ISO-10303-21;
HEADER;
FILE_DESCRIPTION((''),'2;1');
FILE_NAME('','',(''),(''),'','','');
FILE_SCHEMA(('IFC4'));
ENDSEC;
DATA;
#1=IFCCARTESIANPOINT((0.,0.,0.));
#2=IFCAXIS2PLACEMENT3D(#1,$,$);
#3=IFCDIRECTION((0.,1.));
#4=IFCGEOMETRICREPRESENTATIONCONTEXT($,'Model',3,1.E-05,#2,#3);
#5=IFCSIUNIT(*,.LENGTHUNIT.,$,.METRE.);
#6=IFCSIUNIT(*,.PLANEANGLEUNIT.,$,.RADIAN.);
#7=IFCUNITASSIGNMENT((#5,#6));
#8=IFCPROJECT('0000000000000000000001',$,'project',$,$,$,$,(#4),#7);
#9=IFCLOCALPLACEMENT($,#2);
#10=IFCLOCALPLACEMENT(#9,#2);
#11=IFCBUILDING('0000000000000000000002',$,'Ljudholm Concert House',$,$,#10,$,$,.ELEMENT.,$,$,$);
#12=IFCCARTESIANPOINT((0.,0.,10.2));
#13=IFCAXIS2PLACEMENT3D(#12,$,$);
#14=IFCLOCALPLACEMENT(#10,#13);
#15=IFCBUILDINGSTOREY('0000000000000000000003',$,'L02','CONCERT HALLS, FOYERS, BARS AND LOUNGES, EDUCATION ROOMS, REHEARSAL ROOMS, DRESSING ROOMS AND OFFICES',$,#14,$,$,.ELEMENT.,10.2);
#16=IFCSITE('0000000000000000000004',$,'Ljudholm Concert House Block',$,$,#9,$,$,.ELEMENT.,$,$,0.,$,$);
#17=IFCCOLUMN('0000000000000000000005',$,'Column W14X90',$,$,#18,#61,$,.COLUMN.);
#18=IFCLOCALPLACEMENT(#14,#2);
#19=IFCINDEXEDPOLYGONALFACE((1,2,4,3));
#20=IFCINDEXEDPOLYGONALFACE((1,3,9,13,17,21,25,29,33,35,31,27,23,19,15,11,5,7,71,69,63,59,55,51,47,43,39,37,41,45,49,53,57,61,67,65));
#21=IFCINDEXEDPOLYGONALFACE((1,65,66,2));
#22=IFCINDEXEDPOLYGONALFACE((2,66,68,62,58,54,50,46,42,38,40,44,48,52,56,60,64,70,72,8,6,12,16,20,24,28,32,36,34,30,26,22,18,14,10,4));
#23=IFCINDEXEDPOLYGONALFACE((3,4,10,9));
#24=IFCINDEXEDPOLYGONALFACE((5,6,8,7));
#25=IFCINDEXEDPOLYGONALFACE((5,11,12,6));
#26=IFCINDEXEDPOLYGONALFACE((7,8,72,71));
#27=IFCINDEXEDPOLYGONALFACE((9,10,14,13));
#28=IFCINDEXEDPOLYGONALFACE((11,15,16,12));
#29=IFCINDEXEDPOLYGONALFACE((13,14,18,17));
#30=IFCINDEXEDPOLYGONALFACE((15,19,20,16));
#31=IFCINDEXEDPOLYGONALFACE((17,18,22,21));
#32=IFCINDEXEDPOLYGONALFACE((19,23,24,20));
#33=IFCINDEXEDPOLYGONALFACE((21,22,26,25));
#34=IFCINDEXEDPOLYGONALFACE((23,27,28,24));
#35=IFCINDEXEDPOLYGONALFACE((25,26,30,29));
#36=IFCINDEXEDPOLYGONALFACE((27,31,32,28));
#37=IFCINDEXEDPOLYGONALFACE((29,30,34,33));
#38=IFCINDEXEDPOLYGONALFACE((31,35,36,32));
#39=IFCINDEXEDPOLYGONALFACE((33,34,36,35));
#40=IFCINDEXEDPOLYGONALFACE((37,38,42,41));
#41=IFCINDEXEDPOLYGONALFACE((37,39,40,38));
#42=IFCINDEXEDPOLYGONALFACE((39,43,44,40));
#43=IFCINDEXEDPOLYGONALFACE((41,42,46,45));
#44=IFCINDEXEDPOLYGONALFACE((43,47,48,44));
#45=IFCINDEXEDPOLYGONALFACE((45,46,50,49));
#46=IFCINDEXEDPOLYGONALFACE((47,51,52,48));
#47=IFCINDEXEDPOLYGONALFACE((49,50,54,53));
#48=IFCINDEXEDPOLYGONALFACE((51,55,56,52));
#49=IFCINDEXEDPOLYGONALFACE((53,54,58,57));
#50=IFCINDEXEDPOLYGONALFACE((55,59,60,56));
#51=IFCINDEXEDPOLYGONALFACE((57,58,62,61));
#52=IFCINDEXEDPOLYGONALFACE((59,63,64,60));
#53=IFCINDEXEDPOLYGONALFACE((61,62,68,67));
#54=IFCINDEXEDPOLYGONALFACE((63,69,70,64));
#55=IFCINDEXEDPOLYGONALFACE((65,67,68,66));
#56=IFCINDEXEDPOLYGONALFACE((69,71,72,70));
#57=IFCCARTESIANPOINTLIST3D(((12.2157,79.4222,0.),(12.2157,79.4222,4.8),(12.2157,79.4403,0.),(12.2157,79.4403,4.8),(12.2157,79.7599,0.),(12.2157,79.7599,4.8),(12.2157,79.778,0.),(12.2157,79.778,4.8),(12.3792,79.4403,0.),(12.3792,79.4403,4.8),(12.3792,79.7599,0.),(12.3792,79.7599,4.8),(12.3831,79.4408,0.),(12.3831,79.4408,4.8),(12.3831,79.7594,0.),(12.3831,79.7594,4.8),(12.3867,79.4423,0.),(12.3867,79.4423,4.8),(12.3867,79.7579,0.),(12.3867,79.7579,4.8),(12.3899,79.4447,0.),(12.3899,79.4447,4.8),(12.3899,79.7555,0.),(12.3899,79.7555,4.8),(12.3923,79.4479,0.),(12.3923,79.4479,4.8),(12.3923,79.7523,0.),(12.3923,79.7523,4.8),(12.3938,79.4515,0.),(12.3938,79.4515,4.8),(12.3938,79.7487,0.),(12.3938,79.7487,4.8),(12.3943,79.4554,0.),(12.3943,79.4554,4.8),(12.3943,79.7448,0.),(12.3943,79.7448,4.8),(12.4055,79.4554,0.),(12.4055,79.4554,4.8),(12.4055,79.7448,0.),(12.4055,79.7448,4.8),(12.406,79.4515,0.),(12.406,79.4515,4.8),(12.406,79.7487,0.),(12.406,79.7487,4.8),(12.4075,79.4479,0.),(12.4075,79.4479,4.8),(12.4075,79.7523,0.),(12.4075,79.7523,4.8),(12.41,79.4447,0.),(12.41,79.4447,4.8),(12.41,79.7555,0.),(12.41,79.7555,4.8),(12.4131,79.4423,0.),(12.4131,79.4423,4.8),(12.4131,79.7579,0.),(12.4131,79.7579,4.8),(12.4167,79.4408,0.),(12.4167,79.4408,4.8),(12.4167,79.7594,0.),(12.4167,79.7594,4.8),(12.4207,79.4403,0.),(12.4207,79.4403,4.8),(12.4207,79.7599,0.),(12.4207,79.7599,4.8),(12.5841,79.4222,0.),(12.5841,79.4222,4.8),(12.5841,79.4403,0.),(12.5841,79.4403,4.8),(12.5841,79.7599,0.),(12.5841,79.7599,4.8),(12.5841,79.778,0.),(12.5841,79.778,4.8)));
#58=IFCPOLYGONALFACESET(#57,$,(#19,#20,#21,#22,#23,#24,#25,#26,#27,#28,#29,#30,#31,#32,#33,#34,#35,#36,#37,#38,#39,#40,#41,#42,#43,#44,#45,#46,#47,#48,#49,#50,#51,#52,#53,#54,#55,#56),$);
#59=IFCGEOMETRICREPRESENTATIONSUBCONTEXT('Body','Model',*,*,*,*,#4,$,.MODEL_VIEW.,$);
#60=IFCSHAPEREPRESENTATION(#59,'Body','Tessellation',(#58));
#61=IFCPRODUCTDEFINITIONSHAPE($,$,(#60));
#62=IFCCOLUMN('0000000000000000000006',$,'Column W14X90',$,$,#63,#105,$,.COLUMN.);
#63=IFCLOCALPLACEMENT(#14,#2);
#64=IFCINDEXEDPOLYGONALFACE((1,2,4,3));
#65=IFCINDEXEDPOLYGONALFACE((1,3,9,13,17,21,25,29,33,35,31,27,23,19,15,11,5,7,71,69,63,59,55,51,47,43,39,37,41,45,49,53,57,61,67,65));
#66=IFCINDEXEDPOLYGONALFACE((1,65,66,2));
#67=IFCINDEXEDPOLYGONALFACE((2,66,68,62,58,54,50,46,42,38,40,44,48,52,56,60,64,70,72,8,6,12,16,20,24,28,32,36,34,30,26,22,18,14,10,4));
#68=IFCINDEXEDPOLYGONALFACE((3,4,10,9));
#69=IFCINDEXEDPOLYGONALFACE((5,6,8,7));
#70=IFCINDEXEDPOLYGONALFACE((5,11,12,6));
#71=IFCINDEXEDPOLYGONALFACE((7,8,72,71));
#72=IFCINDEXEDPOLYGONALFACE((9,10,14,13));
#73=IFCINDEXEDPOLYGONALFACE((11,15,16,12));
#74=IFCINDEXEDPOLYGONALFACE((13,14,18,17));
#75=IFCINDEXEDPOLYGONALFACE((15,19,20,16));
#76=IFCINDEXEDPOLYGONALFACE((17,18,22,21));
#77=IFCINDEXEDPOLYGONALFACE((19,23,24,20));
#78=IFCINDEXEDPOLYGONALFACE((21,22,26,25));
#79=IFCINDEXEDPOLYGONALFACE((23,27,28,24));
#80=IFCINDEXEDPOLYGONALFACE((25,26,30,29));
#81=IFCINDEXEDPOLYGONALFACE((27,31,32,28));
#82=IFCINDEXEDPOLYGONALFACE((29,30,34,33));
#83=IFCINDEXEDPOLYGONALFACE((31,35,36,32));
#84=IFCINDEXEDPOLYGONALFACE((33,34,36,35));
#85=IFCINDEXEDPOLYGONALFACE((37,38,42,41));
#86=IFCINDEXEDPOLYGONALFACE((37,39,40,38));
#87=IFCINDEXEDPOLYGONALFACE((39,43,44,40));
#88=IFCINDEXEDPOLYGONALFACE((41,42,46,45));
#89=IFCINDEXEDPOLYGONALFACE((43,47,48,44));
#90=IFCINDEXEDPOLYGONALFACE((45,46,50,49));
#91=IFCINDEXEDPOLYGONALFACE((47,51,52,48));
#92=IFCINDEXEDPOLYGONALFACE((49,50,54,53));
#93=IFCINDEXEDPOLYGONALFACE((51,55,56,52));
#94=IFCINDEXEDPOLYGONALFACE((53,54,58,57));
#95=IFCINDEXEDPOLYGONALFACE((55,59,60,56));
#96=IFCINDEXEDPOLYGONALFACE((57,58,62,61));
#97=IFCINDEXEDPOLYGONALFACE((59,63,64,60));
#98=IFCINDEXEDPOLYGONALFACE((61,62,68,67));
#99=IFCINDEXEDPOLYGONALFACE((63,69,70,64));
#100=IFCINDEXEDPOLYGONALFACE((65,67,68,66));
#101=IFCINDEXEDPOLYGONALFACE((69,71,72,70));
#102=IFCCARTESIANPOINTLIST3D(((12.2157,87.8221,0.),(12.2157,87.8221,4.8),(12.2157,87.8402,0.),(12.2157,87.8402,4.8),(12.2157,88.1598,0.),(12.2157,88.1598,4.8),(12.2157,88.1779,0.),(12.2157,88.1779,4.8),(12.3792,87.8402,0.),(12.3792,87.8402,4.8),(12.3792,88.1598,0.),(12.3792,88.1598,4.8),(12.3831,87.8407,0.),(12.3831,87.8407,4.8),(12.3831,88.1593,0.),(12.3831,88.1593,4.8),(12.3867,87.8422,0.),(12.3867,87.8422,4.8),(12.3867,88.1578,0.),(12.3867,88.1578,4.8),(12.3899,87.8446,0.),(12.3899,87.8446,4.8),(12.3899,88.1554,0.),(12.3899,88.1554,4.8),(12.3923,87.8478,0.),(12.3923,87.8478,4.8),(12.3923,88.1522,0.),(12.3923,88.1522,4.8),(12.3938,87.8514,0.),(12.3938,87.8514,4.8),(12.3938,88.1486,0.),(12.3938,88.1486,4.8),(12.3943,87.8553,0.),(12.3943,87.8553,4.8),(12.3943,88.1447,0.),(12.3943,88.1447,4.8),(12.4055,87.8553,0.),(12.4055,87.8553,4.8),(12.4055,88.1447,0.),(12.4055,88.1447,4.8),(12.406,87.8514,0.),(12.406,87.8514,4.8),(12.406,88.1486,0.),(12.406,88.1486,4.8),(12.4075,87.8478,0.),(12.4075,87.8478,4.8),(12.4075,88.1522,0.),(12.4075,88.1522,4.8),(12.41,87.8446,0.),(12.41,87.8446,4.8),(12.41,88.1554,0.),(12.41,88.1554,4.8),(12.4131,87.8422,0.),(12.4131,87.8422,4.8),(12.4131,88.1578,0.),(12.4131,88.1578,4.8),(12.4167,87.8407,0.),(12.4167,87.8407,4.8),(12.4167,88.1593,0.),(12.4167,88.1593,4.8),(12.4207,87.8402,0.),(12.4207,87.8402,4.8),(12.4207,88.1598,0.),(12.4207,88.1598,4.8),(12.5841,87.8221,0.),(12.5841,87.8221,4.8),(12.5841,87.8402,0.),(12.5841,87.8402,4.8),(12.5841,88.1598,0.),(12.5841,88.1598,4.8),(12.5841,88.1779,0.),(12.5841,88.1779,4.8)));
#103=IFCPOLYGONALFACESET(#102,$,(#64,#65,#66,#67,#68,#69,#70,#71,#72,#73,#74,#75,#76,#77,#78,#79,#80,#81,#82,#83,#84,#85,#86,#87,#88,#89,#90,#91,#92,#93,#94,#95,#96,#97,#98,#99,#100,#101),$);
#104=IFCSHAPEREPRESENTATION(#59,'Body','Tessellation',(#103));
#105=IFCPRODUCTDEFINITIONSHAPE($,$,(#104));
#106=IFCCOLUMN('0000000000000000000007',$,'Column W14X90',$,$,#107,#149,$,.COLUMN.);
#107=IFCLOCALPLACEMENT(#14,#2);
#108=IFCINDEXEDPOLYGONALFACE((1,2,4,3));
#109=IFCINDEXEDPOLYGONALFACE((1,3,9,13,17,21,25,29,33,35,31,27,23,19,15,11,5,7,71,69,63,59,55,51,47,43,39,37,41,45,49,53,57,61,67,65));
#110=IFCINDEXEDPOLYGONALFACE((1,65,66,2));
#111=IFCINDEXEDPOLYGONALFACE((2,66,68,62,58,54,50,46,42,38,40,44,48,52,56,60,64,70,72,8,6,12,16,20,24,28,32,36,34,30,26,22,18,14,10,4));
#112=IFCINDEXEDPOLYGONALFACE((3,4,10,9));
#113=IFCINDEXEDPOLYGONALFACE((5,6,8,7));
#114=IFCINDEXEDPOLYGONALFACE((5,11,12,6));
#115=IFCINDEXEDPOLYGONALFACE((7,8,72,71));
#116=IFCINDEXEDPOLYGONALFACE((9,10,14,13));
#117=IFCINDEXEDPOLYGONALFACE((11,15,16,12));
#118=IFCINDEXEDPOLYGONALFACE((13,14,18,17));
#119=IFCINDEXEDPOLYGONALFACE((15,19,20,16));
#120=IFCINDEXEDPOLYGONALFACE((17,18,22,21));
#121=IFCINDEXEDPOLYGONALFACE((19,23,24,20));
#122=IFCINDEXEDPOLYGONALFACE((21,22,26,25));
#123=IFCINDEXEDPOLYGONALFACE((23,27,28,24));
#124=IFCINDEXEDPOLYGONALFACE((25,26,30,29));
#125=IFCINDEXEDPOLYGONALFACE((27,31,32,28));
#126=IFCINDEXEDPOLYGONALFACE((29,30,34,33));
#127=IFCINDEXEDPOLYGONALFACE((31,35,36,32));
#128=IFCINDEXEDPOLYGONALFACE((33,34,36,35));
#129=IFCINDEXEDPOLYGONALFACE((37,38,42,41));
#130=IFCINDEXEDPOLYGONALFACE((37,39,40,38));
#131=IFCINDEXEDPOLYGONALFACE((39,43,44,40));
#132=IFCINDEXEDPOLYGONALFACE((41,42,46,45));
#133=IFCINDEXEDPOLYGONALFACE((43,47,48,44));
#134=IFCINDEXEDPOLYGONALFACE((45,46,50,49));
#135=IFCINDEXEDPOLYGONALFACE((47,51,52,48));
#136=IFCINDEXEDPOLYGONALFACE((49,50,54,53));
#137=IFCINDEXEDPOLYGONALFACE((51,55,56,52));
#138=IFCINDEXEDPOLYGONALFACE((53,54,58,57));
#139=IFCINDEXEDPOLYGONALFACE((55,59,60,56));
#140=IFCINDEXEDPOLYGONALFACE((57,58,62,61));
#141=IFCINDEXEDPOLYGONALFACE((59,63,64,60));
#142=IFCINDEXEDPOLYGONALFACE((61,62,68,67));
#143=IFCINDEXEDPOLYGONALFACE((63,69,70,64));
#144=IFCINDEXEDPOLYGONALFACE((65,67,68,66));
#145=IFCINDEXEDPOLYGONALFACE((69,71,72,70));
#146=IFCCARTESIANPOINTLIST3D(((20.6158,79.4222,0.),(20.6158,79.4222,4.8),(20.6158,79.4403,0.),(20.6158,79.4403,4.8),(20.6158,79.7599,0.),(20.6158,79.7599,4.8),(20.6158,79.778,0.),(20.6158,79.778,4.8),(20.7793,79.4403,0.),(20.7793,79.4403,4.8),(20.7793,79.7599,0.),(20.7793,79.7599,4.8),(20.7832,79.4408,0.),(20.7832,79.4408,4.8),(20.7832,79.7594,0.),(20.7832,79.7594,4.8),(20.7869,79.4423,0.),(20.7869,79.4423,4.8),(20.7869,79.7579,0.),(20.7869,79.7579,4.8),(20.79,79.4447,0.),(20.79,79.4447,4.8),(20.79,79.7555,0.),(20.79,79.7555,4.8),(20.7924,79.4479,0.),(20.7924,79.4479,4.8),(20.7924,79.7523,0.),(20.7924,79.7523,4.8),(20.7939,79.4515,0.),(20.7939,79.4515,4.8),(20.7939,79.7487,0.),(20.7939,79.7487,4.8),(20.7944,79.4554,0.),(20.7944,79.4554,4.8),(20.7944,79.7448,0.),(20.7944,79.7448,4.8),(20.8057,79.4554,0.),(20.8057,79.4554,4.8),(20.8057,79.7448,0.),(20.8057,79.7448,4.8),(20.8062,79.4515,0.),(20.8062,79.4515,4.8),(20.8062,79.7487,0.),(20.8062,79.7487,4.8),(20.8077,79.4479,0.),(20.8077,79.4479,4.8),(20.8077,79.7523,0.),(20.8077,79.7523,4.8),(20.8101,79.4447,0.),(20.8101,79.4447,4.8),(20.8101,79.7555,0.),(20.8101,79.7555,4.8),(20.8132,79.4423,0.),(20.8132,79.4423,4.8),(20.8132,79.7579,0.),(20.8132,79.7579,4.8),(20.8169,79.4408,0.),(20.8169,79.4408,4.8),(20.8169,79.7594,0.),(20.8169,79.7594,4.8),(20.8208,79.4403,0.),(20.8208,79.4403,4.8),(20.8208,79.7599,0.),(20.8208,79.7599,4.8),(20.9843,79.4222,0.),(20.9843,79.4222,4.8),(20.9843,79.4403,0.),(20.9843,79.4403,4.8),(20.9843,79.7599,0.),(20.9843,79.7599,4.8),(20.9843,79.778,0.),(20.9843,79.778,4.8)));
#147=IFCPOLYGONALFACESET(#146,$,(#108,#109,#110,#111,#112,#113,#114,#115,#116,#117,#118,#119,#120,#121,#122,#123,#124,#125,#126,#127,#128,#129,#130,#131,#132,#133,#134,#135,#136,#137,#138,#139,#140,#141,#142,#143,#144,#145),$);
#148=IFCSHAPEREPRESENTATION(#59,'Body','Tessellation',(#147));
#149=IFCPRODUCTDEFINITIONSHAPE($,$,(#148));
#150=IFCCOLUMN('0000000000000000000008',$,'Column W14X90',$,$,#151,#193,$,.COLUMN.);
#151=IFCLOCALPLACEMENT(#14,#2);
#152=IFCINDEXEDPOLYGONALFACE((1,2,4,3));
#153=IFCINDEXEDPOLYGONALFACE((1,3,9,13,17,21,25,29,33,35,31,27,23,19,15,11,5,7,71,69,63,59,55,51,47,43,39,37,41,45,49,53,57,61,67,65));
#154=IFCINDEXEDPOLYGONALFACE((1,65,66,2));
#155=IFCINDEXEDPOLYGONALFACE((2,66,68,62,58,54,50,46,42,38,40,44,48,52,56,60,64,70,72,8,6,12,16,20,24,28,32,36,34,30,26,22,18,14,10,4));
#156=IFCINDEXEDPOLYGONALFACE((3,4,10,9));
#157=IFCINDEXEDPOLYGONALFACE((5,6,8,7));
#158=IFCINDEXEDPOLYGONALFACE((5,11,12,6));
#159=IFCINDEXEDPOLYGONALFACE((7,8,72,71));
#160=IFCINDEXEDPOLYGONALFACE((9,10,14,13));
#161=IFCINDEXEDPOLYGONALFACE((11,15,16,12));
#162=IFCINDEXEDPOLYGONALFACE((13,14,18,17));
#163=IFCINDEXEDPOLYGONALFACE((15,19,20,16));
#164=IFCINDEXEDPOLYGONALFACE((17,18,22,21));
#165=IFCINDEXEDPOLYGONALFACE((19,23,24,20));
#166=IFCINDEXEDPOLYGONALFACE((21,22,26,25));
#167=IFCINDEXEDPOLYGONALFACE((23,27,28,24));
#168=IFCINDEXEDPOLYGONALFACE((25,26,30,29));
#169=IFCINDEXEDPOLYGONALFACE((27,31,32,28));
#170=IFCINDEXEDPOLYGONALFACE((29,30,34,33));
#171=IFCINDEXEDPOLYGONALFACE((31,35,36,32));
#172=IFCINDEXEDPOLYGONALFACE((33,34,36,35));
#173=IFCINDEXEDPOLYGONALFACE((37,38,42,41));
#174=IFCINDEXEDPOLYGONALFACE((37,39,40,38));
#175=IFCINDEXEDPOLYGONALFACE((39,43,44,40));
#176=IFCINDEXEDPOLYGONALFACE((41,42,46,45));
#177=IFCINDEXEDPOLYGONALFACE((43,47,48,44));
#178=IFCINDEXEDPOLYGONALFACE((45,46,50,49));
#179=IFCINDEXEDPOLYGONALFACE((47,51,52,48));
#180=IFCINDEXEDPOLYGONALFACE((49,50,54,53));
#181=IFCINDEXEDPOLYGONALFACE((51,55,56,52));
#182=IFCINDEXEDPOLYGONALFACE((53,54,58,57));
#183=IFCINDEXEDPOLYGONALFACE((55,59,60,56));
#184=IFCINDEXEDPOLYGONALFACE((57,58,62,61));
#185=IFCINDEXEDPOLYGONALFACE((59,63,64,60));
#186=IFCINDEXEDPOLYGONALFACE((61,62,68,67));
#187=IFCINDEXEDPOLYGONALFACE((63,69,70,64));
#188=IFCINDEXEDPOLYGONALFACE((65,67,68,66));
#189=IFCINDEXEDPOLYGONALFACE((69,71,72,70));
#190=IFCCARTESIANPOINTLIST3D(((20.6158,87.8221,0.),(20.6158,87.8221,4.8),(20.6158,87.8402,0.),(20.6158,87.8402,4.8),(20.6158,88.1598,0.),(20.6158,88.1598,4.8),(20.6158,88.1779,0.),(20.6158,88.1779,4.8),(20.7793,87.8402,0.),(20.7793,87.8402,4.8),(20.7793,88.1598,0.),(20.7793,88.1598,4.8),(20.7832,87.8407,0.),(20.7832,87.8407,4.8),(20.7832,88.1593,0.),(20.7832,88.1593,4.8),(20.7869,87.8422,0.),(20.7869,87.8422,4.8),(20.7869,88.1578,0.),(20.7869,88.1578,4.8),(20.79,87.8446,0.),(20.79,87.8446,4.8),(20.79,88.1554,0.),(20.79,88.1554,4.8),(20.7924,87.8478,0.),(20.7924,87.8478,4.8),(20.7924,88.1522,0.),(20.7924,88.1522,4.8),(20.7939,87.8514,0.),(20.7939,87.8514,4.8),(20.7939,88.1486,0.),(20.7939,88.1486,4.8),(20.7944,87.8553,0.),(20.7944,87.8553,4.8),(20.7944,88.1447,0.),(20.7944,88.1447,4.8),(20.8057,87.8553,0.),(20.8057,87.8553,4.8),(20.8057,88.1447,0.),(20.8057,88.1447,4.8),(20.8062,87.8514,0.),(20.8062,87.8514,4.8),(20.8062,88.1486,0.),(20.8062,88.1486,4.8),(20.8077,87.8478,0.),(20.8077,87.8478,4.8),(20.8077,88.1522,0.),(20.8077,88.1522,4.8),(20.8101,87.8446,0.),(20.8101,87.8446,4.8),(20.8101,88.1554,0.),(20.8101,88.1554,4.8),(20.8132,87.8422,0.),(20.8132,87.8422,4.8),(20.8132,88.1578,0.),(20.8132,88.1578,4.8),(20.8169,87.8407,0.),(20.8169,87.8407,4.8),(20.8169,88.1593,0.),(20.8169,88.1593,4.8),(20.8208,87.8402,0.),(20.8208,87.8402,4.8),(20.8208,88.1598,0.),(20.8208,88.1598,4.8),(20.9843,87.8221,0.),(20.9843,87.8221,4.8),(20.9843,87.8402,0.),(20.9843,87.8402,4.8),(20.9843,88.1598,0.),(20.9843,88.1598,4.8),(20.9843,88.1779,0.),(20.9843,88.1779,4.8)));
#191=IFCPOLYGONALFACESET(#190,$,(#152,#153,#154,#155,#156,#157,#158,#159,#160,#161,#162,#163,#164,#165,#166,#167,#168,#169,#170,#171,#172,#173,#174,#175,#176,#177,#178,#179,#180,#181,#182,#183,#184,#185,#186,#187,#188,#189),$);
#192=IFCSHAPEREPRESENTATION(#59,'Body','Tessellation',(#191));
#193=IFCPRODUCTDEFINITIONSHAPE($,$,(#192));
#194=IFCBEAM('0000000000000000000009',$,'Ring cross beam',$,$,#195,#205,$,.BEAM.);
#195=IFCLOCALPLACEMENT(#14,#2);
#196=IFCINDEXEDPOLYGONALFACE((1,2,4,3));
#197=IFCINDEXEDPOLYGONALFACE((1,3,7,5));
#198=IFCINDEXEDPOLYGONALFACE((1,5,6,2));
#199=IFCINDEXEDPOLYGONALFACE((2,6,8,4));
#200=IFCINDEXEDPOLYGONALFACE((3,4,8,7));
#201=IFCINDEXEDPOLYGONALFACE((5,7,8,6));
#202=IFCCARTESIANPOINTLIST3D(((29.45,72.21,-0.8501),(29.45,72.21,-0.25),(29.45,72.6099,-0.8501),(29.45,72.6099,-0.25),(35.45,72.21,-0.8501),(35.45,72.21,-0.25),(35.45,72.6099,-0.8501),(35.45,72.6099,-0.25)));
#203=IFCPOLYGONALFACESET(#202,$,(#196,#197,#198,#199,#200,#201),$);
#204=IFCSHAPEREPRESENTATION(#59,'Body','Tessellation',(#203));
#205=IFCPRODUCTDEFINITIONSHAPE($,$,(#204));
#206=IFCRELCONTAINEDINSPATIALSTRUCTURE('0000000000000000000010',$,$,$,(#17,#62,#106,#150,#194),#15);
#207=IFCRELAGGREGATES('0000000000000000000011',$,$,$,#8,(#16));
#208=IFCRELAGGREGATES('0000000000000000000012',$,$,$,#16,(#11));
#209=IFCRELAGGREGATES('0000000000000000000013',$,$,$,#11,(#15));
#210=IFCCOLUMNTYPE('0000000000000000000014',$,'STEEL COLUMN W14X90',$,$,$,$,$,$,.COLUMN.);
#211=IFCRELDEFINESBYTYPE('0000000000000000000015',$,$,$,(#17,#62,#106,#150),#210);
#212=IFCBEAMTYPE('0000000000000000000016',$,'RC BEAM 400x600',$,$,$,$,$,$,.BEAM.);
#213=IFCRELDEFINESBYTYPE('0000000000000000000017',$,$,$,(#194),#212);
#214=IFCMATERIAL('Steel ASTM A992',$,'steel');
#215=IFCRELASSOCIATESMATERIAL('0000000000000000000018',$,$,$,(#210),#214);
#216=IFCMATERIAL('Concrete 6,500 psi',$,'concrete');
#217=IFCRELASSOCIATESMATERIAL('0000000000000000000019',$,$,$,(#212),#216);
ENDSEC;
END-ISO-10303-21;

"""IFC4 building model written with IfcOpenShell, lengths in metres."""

from ifc_helpers import new_model, si_unit, direction, frame, origin, origin_2d, place, context, subcontext, project, spatial, rectangle, i_section, extrude, material, material_profile, profile_set, type_object, element, save


model = new_model("IFC4")

# Units and contexts
model_context = context("Model", 3, precision=1e-05, world=origin(), true_north=direction((0.0, 1.0)))
body_context = subcontext(model_context, "Body", "Model", "MODEL_VIEW")
ifc_project = project(units=[si_unit("LENGTHUNIT", "METRE"), si_unit("PLANEANGLEUNIT", "RADIAN")], contexts=[model_context])

# Site, building, storey
site_placement = place(None, origin())
site = spatial("IfcSite", under=ifc_project, at=site_placement, Name="Ljudholm Concert House Block", CompositionType="ELEMENT", RefElevation=0.0)
building_placement = place(site_placement, origin())
building = spatial("IfcBuilding", under=site, at=building_placement, Name="Ljudholm Concert House", CompositionType="ELEMENT")
storey_placement = place(building_placement, frame((0.0, 0.0, 10.2)))
storey = spatial("IfcBuildingStorey", under=building, at=storey_placement, Name="L02", Description="CONCERT HALLS, FOYERS, BARS AND LOUNGES, EDUCATION ROOMS, REHEARSAL ROOMS, DRESSING ROOMS AND OFFICES", CompositionType="ELEMENT", Elevation=10.2)

# Columns
ifc_material_1 = material(Name="Steel ASTM A992", Category="steel")
ifc_material_profile_1 = material_profile(ifc_material_1, i_section(OverallWidth=0.3684, OverallDepth=0.3557, WebThickness=0.0112, FlangeThickness=0.0181, FilletRadius=0.0151, at=origin_2d()), Name="W14X90")
ifc_profile_set_1 = profile_set([ifc_material_profile_1], Name="Steel ASTM A992")
column_type = type_object("IfcColumnType", Name="STEEL COLUMN W14X90", PredefinedType="COLUMN", material=ifc_profile_set_1)
for number, where, z_axis, x_axis, name in (
    (1, (12.3999, 79.6001, 0.0), (0.0, 0.0, 1.0), (1.0, 0.0, 0.0), "Column W14X90"),
    (2, (12.3999, 88.0, 0.0), (0.0, 0.0, 1.0), (1.0, 0.0, 0.0), "Column W14X90"),
    (3, (20.8, 79.6001, 0.0), (0.0, 0.0, 1.0), (1.0, 0.0, 0.0), "Column W14X90"),
    (4, (20.8, 88.0, 0.0), (0.0, 0.0, 1.0), (1.0, 0.0, 0.0), "Column W14X90"),
):
    element("IfcColumn", number, at=place(storey_placement, frame(where, z_axis=z_axis, x_axis=x_axis)), inside=storey, type_object=column_type, Name=name, PredefinedType="COLUMN", context=body_context, shape_type="SweptSolid", body=[
        extrude(i_section(OverallWidth=0.3684, OverallDepth=0.3557, WebThickness=0.0112, FlangeThickness=0.0181, FilletRadius=0.0151, at=origin_2d()), origin(), (0.0, 0.0, 1.0), 4.8),
    ])

# Beam
ifc_material_2 = material(Name="Concrete 6,500 psi", Category="concrete")
ifc_material_profile_2 = material_profile(ifc_material_2, rectangle(XDim=0.3999, YDim=0.6001, at=origin_2d()), Name="RC BEAM 400x600")
ifc_profile_set_2 = profile_set([ifc_material_profile_2], Name="Concrete 6,500 psi")
beam_type_1 = type_object("IfcBeamType", Name="RC BEAM 400x600", PredefinedType="BEAM", material=ifc_profile_set_2)
beam_placement = place(storey_placement, frame((35.45, 72.4099, -0.55), z_axis=(-1.0, 0.0, 0.0), x_axis=(0.0, -1.0, 0.0)))
element("IfcBeam", 5, at=beam_placement, inside=storey, type_object=beam_type_1, Name="Ring cross beam", PredefinedType="BEAM", context=body_context, shape_type="SweptSolid", body=[
    extrude(rectangle(XDim=0.3999, YDim=0.6001, at=origin_2d()), origin(), (0.0, 0.0, 1.0), 6.0),
])

save(model, "model.ifc")
